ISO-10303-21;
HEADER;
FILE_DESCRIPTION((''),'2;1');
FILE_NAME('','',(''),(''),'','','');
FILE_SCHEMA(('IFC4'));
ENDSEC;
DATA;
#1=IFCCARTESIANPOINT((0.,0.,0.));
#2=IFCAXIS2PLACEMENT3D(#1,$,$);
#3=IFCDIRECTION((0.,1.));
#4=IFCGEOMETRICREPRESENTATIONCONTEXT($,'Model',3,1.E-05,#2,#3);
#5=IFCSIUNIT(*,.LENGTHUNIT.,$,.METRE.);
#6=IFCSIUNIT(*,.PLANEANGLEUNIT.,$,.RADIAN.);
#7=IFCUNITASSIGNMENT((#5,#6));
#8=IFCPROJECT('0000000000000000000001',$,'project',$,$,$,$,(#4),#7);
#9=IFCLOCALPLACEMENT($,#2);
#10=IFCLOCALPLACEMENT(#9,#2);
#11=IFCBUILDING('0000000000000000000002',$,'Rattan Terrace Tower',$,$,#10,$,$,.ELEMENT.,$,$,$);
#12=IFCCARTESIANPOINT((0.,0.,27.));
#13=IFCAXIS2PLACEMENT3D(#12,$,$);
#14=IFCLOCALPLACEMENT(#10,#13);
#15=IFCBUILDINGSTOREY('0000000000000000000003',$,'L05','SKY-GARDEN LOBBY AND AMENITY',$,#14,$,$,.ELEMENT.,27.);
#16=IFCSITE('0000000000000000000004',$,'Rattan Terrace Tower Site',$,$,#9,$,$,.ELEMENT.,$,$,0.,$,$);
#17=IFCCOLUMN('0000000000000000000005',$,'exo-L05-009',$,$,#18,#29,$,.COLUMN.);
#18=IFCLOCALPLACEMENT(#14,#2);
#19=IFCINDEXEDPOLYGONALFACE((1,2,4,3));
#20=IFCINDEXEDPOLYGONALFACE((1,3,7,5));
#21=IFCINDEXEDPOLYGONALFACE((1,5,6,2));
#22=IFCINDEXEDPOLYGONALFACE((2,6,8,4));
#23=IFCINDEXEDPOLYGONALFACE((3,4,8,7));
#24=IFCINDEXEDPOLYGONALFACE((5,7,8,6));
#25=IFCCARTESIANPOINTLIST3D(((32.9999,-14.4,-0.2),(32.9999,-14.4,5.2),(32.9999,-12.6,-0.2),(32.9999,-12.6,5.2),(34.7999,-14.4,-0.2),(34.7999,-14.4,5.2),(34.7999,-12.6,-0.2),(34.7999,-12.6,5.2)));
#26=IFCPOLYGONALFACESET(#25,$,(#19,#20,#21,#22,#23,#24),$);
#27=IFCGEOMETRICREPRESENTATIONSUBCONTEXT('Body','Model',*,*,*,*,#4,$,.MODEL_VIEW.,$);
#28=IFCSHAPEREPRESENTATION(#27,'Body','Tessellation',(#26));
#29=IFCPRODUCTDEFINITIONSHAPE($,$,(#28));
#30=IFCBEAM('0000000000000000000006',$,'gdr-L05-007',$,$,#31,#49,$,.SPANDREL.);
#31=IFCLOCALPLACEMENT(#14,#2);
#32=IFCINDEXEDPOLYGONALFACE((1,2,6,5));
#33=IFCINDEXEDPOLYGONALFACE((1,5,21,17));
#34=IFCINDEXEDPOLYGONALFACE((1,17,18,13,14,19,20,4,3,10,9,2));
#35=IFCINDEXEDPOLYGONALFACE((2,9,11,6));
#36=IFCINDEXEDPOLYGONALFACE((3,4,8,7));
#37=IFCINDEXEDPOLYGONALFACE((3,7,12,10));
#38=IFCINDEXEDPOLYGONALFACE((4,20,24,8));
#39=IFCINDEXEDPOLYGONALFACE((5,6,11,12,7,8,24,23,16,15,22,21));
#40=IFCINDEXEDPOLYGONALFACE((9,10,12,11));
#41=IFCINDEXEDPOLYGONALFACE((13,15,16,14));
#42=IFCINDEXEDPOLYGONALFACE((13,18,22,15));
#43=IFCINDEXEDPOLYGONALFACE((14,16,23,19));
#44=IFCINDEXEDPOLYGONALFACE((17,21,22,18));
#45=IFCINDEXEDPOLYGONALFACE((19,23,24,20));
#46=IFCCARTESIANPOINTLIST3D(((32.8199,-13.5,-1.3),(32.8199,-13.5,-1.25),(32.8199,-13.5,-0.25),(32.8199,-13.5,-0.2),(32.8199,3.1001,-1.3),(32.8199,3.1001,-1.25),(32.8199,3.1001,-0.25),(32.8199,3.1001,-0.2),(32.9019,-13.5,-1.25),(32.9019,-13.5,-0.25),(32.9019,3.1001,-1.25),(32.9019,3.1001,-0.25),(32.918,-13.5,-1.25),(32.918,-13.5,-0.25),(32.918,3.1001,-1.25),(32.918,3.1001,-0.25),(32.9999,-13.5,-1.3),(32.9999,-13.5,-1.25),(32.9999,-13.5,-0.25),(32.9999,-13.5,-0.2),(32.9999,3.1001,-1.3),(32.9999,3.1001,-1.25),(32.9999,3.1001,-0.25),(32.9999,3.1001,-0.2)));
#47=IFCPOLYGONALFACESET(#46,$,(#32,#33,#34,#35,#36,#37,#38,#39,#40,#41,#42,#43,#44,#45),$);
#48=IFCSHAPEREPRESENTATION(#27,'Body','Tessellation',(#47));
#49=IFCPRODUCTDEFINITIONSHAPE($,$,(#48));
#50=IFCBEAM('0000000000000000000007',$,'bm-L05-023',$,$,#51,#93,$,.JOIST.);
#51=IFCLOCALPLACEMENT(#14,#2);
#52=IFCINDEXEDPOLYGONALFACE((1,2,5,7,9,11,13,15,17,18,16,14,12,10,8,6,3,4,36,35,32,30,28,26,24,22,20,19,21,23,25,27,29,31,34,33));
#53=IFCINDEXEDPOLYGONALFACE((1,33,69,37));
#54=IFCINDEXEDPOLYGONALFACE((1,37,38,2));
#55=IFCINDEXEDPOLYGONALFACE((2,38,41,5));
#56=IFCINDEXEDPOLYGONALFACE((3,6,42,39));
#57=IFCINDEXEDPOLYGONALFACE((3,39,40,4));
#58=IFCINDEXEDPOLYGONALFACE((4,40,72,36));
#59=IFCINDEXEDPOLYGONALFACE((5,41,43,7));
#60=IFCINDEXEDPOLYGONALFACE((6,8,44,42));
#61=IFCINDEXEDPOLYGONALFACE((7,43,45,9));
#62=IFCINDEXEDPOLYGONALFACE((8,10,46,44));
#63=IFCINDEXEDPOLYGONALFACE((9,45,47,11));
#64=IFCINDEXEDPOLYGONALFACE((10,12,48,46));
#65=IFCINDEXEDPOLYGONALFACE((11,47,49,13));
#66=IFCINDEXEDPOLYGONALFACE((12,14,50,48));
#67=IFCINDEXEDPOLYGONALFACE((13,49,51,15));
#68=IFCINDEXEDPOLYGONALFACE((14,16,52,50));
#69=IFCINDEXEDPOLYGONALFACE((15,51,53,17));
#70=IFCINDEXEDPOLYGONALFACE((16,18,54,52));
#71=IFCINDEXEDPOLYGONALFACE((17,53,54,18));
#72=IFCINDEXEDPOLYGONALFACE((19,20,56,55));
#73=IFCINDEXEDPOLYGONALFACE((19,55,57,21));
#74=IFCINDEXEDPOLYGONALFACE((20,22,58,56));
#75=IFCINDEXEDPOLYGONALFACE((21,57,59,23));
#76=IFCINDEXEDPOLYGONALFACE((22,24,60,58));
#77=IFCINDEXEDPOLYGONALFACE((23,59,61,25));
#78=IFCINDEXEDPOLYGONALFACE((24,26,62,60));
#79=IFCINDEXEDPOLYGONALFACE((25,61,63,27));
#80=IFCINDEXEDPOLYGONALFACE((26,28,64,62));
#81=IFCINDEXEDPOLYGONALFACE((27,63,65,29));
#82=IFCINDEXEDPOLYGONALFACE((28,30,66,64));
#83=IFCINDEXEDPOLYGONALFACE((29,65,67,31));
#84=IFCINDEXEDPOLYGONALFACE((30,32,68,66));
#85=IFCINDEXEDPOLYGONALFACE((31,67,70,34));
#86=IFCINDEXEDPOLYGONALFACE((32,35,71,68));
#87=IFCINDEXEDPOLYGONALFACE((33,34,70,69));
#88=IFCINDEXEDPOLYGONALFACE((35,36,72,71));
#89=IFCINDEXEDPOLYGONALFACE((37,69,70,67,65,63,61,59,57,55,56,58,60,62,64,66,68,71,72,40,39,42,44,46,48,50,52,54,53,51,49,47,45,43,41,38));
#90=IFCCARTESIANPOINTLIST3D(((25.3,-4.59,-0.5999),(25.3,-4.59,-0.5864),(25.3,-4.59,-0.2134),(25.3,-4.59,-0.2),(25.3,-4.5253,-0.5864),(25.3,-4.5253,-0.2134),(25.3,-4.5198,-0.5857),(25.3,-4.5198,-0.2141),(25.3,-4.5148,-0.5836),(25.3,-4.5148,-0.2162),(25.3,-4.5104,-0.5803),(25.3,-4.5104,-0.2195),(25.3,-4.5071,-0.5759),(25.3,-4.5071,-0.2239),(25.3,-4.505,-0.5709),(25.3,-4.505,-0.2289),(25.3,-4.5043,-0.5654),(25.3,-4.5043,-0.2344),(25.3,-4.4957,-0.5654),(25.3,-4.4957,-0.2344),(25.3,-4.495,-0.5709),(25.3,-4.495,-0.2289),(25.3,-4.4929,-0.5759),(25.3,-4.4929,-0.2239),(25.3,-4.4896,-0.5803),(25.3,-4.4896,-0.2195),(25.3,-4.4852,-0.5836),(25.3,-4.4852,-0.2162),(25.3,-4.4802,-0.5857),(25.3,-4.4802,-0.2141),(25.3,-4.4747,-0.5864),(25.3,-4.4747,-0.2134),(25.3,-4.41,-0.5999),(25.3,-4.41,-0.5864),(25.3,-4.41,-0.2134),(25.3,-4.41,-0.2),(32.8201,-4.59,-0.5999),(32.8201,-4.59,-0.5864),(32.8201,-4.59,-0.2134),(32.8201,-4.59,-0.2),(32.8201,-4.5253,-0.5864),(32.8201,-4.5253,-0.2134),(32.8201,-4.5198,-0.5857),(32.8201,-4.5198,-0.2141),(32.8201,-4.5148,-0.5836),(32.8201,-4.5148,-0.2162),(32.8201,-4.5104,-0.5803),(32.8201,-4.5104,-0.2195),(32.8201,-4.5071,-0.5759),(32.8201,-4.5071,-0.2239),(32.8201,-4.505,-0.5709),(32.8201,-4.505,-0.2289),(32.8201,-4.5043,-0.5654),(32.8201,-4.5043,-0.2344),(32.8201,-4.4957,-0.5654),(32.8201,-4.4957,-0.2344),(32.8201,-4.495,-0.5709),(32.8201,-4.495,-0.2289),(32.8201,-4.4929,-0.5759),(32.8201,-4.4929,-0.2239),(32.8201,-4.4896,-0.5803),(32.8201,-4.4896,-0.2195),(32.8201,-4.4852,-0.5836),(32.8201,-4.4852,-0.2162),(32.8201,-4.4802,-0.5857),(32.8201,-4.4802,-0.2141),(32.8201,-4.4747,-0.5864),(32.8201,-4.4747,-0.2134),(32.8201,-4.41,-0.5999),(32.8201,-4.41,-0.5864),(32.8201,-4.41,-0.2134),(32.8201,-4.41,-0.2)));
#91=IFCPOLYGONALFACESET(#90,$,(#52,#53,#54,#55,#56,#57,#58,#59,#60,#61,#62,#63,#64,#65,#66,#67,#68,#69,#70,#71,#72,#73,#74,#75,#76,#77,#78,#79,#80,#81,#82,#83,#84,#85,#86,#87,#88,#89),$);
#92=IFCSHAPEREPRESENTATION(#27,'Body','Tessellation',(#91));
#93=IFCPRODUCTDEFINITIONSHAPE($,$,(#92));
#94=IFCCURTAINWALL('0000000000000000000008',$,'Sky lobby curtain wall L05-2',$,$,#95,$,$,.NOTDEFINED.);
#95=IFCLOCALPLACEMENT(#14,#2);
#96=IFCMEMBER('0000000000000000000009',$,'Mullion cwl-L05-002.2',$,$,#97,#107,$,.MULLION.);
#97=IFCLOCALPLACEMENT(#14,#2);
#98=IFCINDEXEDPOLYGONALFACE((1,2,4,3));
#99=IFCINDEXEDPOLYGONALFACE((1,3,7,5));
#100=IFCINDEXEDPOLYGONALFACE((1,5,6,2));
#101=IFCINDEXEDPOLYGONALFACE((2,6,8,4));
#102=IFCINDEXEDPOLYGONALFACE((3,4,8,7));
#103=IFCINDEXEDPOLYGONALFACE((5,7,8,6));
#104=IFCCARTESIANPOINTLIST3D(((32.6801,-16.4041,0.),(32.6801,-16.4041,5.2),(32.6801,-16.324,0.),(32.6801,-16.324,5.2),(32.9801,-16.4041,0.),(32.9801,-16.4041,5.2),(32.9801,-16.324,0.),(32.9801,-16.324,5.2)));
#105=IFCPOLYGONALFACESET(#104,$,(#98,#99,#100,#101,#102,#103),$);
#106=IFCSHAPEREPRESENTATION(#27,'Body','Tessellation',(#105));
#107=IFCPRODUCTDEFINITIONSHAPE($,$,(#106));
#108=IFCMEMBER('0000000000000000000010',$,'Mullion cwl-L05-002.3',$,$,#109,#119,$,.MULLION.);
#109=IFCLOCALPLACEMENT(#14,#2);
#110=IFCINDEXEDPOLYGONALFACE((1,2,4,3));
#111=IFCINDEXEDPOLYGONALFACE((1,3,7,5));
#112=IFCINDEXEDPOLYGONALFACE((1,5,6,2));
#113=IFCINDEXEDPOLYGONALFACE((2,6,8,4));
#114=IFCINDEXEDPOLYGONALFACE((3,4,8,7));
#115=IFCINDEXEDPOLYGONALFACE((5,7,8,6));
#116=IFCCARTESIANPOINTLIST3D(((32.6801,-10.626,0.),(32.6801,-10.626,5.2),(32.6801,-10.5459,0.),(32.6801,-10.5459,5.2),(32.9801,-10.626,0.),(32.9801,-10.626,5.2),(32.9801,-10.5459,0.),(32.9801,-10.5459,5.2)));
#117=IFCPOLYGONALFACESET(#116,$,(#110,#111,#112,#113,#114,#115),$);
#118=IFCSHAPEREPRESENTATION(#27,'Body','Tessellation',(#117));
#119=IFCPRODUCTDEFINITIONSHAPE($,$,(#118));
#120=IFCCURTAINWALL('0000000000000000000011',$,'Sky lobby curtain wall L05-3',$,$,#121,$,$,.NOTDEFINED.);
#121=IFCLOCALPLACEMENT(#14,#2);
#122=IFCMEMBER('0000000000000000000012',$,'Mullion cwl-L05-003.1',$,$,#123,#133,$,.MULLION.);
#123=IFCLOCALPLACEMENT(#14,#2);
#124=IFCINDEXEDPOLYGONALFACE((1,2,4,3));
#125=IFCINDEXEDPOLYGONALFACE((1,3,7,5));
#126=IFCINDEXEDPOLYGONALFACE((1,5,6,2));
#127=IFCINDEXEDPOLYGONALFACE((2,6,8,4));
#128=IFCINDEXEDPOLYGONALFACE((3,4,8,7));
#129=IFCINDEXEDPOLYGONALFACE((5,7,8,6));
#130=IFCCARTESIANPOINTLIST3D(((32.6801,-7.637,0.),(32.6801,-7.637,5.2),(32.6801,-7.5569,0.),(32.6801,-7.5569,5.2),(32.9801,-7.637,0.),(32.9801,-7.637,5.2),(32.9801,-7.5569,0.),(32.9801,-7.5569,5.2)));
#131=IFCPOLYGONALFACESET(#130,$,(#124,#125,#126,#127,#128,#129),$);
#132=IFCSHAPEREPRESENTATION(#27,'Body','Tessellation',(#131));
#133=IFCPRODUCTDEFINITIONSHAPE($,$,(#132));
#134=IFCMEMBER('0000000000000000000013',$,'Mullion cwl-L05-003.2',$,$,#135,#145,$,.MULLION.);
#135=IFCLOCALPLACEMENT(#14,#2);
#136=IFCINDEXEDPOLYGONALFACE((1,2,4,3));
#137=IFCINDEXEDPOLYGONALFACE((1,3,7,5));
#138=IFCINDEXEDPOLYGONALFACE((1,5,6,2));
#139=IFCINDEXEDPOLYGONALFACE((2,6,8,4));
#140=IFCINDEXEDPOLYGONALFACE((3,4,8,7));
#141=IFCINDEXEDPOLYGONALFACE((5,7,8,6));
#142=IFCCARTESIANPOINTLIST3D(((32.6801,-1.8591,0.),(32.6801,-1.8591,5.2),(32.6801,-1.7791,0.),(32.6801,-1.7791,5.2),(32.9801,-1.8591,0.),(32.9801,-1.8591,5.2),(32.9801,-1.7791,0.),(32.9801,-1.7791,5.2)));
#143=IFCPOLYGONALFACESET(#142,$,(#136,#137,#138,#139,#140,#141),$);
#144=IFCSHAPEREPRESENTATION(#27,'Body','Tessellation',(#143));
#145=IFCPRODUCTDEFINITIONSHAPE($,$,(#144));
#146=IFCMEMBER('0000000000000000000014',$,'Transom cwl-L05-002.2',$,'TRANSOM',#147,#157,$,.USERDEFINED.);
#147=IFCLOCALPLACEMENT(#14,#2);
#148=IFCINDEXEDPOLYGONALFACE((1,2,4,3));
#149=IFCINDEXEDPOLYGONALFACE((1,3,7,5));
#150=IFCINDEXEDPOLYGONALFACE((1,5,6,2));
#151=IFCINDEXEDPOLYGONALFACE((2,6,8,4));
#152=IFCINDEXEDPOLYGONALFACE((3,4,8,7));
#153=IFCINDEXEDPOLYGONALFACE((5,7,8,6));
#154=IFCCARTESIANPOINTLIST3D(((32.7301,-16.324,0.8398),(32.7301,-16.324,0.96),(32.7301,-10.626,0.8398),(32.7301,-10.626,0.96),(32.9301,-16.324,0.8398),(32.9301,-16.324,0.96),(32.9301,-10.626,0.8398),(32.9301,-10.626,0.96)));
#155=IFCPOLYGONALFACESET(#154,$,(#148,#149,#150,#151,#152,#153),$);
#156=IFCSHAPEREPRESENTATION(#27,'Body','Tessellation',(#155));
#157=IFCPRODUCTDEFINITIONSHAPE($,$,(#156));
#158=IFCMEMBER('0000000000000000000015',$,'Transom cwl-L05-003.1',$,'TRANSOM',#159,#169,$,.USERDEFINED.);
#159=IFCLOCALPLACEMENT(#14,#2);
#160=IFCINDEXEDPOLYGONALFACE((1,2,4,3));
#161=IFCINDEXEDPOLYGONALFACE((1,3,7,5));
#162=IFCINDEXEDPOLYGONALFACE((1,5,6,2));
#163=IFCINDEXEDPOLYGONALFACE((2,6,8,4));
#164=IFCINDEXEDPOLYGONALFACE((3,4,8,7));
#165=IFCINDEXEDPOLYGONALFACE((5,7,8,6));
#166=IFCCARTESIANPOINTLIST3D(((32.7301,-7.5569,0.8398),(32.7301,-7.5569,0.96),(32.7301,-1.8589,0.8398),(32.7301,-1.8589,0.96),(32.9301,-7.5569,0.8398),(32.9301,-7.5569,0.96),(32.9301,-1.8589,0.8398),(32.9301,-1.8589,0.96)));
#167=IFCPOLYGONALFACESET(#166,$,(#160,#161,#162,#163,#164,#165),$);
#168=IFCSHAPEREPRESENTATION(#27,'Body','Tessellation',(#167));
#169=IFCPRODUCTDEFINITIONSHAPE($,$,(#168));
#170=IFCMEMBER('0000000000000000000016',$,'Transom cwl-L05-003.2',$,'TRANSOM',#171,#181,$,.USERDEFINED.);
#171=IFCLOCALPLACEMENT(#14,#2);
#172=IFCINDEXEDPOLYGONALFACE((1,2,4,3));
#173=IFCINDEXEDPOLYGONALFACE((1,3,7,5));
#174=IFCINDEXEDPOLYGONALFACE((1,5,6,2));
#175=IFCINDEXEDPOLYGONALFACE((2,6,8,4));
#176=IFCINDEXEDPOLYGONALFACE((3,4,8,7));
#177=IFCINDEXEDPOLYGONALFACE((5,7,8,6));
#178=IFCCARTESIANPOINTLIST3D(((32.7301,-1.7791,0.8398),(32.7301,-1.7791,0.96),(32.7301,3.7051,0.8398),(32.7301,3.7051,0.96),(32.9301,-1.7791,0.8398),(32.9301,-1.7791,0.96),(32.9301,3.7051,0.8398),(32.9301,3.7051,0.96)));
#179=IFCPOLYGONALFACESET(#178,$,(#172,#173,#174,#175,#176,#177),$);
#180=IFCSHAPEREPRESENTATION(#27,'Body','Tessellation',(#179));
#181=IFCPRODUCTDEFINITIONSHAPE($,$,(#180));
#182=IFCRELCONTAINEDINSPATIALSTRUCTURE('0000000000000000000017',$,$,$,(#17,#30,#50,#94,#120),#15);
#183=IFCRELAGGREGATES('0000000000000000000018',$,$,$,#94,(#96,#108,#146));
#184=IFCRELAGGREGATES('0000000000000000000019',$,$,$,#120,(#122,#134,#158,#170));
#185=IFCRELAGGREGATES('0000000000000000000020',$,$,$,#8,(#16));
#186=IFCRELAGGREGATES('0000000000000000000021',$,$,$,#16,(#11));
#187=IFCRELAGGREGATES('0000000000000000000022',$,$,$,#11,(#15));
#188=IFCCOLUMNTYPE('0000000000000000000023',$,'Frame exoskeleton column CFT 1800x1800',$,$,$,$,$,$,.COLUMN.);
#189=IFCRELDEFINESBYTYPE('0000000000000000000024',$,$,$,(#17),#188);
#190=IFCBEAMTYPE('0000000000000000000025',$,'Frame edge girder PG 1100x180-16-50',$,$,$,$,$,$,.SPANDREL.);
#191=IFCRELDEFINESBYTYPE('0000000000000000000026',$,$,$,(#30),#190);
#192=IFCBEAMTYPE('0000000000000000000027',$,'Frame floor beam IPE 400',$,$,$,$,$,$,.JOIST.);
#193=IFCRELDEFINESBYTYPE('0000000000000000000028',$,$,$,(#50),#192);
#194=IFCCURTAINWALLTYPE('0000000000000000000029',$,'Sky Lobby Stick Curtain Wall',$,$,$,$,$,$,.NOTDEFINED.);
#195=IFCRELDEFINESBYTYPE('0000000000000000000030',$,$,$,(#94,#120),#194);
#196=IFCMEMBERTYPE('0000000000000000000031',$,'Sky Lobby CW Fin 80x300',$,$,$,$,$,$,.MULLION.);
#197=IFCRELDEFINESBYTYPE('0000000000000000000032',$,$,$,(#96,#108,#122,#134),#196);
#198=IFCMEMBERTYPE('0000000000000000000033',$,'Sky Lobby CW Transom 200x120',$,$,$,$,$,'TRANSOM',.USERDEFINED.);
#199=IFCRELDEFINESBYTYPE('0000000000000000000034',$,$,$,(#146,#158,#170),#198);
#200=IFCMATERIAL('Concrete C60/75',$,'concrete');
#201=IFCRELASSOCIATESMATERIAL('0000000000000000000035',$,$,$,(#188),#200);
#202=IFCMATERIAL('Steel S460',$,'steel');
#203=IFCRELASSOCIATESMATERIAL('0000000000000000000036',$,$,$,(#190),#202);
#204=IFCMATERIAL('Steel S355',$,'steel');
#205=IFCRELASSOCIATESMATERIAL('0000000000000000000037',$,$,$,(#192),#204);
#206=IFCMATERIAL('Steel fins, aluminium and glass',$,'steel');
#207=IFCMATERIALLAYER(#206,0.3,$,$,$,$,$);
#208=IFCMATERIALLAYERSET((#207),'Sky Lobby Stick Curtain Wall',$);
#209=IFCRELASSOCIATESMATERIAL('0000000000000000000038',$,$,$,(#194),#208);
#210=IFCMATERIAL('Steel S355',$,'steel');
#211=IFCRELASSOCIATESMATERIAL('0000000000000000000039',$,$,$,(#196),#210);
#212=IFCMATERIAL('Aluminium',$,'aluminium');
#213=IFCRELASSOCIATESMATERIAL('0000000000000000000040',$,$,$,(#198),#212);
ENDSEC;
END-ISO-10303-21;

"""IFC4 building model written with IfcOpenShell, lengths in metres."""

from ifc_helpers import new_model, si_unit, direction, frame, origin, origin_2d, place, context, subcontext, project, spatial, rectangle, i_section, extrude, material, layer, layer_set, material_profile, profile_set, type_object, element, aggregate, save


model = new_model("IFC4")

# Units and contexts
model_context = context("Model", 3, precision=1e-05, world=origin(), true_north=direction((0.0, 1.0)))
body_context = subcontext(model_context, "Body", "Model", "MODEL_VIEW")
ifc_project = project(units=[si_unit("LENGTHUNIT", "METRE"), si_unit("PLANEANGLEUNIT", "RADIAN")], contexts=[model_context])

# Site, building, storey
site_placement = place(None, origin())
site = spatial("IfcSite", under=ifc_project, at=site_placement, Name="Rattan Terrace Tower Site", CompositionType="ELEMENT", RefElevation=0.0)
building_placement = place(site_placement, origin())
building = spatial("IfcBuilding", under=site, at=building_placement, Name="Rattan Terrace Tower", CompositionType="ELEMENT")
storey_placement = place(building_placement, frame((0.0, 0.0, 27.0)))
storey = spatial("IfcBuildingStorey", under=building, at=storey_placement, Name="L05", Description="SKY-GARDEN LOBBY AND AMENITY", CompositionType="ELEMENT", Elevation=27.0)

# Column
ifc_material_1 = material(Name="Concrete C60/75", Category="concrete")
ifc_material_profile_1 = material_profile(ifc_material_1, rectangle(XDim=1.8, YDim=1.8, at=origin_2d()), Name="CFT 1800x1800")
ifc_profile_set_1 = profile_set([ifc_material_profile_1], Name="Concrete C60/75")
column_type = type_object("IfcColumnType", Name="Frame exoskeleton column CFT 1800x1800", PredefinedType="COLUMN", material=ifc_profile_set_1)
column_placement = place(storey_placement, frame((33.8999, -13.5, -0.2), z_axis=(0.0, 0.0, 1.0), x_axis=(0.0, 1.0, 0.0)))
element("IfcColumn", 1, at=column_placement, inside=storey, type_object=column_type, Name="exo-L05-009", PredefinedType="COLUMN", context=body_context, shape_type="SweptSolid", body=[
    extrude(rectangle(XDim=1.8, YDim=1.8, at=origin_2d()), origin(), (0.0, 0.0, 1.0), 5.3999),
])

# Beams
ifc_material_2 = material(Name="Steel S460", Category="steel")
ifc_material_profile_2 = material_profile(ifc_material_2, i_section(OverallWidth=0.1799, OverallDepth=1.1001, WebThickness=0.0161, FlangeThickness=0.05, at=origin_2d()), Name="PG 1100x180-16-50")
ifc_profile_set_2 = profile_set([ifc_material_profile_2], Name="Steel S460")
beam_type_1 = type_object("IfcBeamType", Name="Frame edge girder PG 1100x180-16-50", PredefinedType="SPANDREL", material=ifc_profile_set_2)
beam_1_placement = place(storey_placement, frame((32.9099, -13.5, -0.75), z_axis=(0.0, 1.0, 0.0), x_axis=(-1.0, 0.0, 0.0)))
element("IfcBeam", 2, at=beam_1_placement, inside=storey, type_object=beam_type_1, Name="gdr-L05-007", PredefinedType="SPANDREL", context=body_context, shape_type="SweptSolid", body=[
    extrude(i_section(OverallWidth=0.1799, OverallDepth=1.1001, WebThickness=0.0161, FlangeThickness=0.05, at=origin_2d()), origin(), (0.0, 0.0, 1.0), 16.6001),
])
ifc_material_3 = material(Name="Steel S355", Category="steel")
ifc_material_profile_3 = material_profile(ifc_material_3, i_section(OverallWidth=0.1799, OverallDepth=0.3999, WebThickness=0.0085, FlangeThickness=0.0134, FilletRadius=0.021, at=origin_2d()), Name="IPE 400")
ifc_profile_set_3 = profile_set([ifc_material_profile_3], Name="Steel S355")
beam_type_2 = type_object("IfcBeamType", Name="Frame floor beam IPE 400", PredefinedType="JOIST", material=ifc_profile_set_3)
beam_2_placement = place(storey_placement, frame((25.3, -4.5, -0.3999), z_axis=(1.0, 0.0, 0.0), x_axis=(0.0, 1.0, 0.0)))
element("IfcBeam", 3, at=beam_2_placement, inside=storey, type_object=beam_type_2, Name="bm-L05-023", PredefinedType="JOIST", context=body_context, shape_type="SweptSolid", body=[
    extrude(i_section(OverallWidth=0.1799, OverallDepth=0.3999, WebThickness=0.0085, FlangeThickness=0.0134, FilletRadius=0.021, at=origin_2d()), origin(), (0.0, 0.0, 1.0), 7.52),
])

# Curtain walls, members
ifc_material_4 = material(Name="Steel fins, aluminium and glass", Category="steel")
ifc_layer_1 = layer(ifc_material_4, 0.3)
ifc_layer_set_1 = layer_set([ifc_layer_1], Name="Sky Lobby Stick Curtain Wall")
curtain_wall_type = type_object("IfcCurtainWallType", Name="Sky Lobby Stick Curtain Wall", PredefinedType="NOTDEFINED", material=ifc_layer_set_1)
curtain_wall_1_placement = place(storey_placement, origin())
curtain_wall_1 = element("IfcCurtainWall", 4, at=curtain_wall_1_placement, inside=storey, type_object=curtain_wall_type, Name="Sky lobby curtain wall L05-2", PredefinedType="NOTDEFINED")
ifc_material_5 = material(Name="Steel S355", Category="steel")
ifc_material_profile_4 = material_profile(ifc_material_5, rectangle(XDim=0.0801, YDim=0.3, at=origin_2d()), Name="Steel S355 80x300")
ifc_profile_set_4 = profile_set([ifc_material_profile_4], Name="Steel S355")
member_type_1 = type_object("IfcMemberType", Name="Sky Lobby CW Fin 80x300", PredefinedType="MULLION", material=ifc_profile_set_4)
member_1_placement = place(storey_placement, frame((32.8301, -16.364, 0.0), z_axis=(0.0, 0.0, 1.0), x_axis=(0.0, 1.0, 0.0)))
member_1 = element("IfcMember", 5, at=member_1_placement, type_object=member_type_1, Name="Mullion cwl-L05-002.2", PredefinedType="MULLION", context=body_context, shape_type="SweptSolid", body=[
    extrude(rectangle(XDim=0.0801, YDim=0.3, at=origin_2d()), origin(), (0.0, 0.0, 1.0), 5.2),
])
member_2_placement = place(storey_placement, frame((32.8301, -10.5859, 0.0), z_axis=(0.0, 0.0, 1.0), x_axis=(0.0, 1.0, 0.0)))
member_2 = element("IfcMember", 6, at=member_2_placement, type_object=member_type_1, Name="Mullion cwl-L05-002.3", PredefinedType="MULLION", context=body_context, shape_type="SweptSolid", body=[
    extrude(rectangle(XDim=0.0801, YDim=0.3, at=origin_2d()), origin(), (0.0, 0.0, 1.0), 5.2),
])
curtain_wall_2_placement = place(storey_placement, origin())
curtain_wall_2 = element("IfcCurtainWall", 7, at=curtain_wall_2_placement, inside=storey, type_object=curtain_wall_type, Name="Sky lobby curtain wall L05-3", PredefinedType="NOTDEFINED")
member_3_placement = place(storey_placement, frame((32.8301, -7.5969, 0.0), z_axis=(0.0, 0.0, 1.0), x_axis=(0.0, 1.0, 0.0)))
member_3 = element("IfcMember", 8, at=member_3_placement, type_object=member_type_1, Name="Mullion cwl-L05-003.1", PredefinedType="MULLION", context=body_context, shape_type="SweptSolid", body=[
    extrude(rectangle(XDim=0.0801, YDim=0.3, at=origin_2d()), origin(), (0.0, 0.0, 1.0), 5.2),
])
member_4_placement = place(storey_placement, frame((32.8301, -1.8191, 0.0), z_axis=(0.0, 0.0, 1.0), x_axis=(0.0, 1.0, 0.0)))
member_4 = element("IfcMember", 9, at=member_4_placement, type_object=member_type_1, Name="Mullion cwl-L05-003.2", PredefinedType="MULLION", context=body_context, shape_type="SweptSolid", body=[
    extrude(rectangle(XDim=0.0801, YDim=0.3, at=origin_2d()), origin(), (0.0, 0.0, 1.0), 5.2),
])

# Members
ifc_material_6 = material(Name="Aluminium", Category="aluminium")
ifc_material_profile_5 = material_profile(ifc_material_6, rectangle(XDim=0.2, YDim=0.1201, at=origin_2d()), Name="Aluminium 200x120")
ifc_profile_set_5 = profile_set([ifc_material_profile_5], Name="Aluminium")
member_type_2 = type_object("IfcMemberType", Name="Sky Lobby CW Transom 200x120", ElementType="TRANSOM", PredefinedType="USERDEFINED", material=ifc_profile_set_5)
member_5_placement = place(storey_placement, frame((32.8301, -16.324, 0.8999), z_axis=(0.0, 1.0, 0.0), x_axis=(-1.0, 0.0, 0.0)))
member_5 = element("IfcMember", 10, at=member_5_placement, type_object=member_type_2, Name="Transom cwl-L05-002.2", ObjectType="TRANSOM", PredefinedType="USERDEFINED", context=body_context, shape_type="SweptSolid", body=[
    extrude(rectangle(XDim=0.2, YDim=0.1201, at=origin_2d()), origin(), (0.0, 0.0, 1.0), 5.698),
])
member_6_placement = place(storey_placement, frame((32.8301, -7.5569, 0.8999), z_axis=(0.0, 1.0, 0.0), x_axis=(-1.0, 0.0, 0.0)))
member_6 = element("IfcMember", 11, at=member_6_placement, type_object=member_type_2, Name="Transom cwl-L05-003.1", ObjectType="TRANSOM", PredefinedType="USERDEFINED", context=body_context, shape_type="SweptSolid", body=[
    extrude(rectangle(XDim=0.2, YDim=0.1201, at=origin_2d()), origin(), (0.0, 0.0, 1.0), 5.698),
])
member_7_placement = place(storey_placement, frame((32.8301, -1.7791, 0.8999), z_axis=(0.0, 1.0, 0.0), x_axis=(-1.0, 0.0, 0.0)))
member_7 = element("IfcMember", 12, at=member_7_placement, type_object=member_type_2, Name="Transom cwl-L05-003.2", ObjectType="TRANSOM", PredefinedType="USERDEFINED", context=body_context, shape_type="SweptSolid", body=[
    extrude(rectangle(XDim=0.2, YDim=0.1201, at=origin_2d()), origin(), (0.0, 0.0, 1.0), 5.4841),
])

aggregate(curtain_wall_1, [member_1, member_2, member_5])
aggregate(curtain_wall_2, [member_3, member_4, member_6, member_7])

save(model, "model.ifc")
